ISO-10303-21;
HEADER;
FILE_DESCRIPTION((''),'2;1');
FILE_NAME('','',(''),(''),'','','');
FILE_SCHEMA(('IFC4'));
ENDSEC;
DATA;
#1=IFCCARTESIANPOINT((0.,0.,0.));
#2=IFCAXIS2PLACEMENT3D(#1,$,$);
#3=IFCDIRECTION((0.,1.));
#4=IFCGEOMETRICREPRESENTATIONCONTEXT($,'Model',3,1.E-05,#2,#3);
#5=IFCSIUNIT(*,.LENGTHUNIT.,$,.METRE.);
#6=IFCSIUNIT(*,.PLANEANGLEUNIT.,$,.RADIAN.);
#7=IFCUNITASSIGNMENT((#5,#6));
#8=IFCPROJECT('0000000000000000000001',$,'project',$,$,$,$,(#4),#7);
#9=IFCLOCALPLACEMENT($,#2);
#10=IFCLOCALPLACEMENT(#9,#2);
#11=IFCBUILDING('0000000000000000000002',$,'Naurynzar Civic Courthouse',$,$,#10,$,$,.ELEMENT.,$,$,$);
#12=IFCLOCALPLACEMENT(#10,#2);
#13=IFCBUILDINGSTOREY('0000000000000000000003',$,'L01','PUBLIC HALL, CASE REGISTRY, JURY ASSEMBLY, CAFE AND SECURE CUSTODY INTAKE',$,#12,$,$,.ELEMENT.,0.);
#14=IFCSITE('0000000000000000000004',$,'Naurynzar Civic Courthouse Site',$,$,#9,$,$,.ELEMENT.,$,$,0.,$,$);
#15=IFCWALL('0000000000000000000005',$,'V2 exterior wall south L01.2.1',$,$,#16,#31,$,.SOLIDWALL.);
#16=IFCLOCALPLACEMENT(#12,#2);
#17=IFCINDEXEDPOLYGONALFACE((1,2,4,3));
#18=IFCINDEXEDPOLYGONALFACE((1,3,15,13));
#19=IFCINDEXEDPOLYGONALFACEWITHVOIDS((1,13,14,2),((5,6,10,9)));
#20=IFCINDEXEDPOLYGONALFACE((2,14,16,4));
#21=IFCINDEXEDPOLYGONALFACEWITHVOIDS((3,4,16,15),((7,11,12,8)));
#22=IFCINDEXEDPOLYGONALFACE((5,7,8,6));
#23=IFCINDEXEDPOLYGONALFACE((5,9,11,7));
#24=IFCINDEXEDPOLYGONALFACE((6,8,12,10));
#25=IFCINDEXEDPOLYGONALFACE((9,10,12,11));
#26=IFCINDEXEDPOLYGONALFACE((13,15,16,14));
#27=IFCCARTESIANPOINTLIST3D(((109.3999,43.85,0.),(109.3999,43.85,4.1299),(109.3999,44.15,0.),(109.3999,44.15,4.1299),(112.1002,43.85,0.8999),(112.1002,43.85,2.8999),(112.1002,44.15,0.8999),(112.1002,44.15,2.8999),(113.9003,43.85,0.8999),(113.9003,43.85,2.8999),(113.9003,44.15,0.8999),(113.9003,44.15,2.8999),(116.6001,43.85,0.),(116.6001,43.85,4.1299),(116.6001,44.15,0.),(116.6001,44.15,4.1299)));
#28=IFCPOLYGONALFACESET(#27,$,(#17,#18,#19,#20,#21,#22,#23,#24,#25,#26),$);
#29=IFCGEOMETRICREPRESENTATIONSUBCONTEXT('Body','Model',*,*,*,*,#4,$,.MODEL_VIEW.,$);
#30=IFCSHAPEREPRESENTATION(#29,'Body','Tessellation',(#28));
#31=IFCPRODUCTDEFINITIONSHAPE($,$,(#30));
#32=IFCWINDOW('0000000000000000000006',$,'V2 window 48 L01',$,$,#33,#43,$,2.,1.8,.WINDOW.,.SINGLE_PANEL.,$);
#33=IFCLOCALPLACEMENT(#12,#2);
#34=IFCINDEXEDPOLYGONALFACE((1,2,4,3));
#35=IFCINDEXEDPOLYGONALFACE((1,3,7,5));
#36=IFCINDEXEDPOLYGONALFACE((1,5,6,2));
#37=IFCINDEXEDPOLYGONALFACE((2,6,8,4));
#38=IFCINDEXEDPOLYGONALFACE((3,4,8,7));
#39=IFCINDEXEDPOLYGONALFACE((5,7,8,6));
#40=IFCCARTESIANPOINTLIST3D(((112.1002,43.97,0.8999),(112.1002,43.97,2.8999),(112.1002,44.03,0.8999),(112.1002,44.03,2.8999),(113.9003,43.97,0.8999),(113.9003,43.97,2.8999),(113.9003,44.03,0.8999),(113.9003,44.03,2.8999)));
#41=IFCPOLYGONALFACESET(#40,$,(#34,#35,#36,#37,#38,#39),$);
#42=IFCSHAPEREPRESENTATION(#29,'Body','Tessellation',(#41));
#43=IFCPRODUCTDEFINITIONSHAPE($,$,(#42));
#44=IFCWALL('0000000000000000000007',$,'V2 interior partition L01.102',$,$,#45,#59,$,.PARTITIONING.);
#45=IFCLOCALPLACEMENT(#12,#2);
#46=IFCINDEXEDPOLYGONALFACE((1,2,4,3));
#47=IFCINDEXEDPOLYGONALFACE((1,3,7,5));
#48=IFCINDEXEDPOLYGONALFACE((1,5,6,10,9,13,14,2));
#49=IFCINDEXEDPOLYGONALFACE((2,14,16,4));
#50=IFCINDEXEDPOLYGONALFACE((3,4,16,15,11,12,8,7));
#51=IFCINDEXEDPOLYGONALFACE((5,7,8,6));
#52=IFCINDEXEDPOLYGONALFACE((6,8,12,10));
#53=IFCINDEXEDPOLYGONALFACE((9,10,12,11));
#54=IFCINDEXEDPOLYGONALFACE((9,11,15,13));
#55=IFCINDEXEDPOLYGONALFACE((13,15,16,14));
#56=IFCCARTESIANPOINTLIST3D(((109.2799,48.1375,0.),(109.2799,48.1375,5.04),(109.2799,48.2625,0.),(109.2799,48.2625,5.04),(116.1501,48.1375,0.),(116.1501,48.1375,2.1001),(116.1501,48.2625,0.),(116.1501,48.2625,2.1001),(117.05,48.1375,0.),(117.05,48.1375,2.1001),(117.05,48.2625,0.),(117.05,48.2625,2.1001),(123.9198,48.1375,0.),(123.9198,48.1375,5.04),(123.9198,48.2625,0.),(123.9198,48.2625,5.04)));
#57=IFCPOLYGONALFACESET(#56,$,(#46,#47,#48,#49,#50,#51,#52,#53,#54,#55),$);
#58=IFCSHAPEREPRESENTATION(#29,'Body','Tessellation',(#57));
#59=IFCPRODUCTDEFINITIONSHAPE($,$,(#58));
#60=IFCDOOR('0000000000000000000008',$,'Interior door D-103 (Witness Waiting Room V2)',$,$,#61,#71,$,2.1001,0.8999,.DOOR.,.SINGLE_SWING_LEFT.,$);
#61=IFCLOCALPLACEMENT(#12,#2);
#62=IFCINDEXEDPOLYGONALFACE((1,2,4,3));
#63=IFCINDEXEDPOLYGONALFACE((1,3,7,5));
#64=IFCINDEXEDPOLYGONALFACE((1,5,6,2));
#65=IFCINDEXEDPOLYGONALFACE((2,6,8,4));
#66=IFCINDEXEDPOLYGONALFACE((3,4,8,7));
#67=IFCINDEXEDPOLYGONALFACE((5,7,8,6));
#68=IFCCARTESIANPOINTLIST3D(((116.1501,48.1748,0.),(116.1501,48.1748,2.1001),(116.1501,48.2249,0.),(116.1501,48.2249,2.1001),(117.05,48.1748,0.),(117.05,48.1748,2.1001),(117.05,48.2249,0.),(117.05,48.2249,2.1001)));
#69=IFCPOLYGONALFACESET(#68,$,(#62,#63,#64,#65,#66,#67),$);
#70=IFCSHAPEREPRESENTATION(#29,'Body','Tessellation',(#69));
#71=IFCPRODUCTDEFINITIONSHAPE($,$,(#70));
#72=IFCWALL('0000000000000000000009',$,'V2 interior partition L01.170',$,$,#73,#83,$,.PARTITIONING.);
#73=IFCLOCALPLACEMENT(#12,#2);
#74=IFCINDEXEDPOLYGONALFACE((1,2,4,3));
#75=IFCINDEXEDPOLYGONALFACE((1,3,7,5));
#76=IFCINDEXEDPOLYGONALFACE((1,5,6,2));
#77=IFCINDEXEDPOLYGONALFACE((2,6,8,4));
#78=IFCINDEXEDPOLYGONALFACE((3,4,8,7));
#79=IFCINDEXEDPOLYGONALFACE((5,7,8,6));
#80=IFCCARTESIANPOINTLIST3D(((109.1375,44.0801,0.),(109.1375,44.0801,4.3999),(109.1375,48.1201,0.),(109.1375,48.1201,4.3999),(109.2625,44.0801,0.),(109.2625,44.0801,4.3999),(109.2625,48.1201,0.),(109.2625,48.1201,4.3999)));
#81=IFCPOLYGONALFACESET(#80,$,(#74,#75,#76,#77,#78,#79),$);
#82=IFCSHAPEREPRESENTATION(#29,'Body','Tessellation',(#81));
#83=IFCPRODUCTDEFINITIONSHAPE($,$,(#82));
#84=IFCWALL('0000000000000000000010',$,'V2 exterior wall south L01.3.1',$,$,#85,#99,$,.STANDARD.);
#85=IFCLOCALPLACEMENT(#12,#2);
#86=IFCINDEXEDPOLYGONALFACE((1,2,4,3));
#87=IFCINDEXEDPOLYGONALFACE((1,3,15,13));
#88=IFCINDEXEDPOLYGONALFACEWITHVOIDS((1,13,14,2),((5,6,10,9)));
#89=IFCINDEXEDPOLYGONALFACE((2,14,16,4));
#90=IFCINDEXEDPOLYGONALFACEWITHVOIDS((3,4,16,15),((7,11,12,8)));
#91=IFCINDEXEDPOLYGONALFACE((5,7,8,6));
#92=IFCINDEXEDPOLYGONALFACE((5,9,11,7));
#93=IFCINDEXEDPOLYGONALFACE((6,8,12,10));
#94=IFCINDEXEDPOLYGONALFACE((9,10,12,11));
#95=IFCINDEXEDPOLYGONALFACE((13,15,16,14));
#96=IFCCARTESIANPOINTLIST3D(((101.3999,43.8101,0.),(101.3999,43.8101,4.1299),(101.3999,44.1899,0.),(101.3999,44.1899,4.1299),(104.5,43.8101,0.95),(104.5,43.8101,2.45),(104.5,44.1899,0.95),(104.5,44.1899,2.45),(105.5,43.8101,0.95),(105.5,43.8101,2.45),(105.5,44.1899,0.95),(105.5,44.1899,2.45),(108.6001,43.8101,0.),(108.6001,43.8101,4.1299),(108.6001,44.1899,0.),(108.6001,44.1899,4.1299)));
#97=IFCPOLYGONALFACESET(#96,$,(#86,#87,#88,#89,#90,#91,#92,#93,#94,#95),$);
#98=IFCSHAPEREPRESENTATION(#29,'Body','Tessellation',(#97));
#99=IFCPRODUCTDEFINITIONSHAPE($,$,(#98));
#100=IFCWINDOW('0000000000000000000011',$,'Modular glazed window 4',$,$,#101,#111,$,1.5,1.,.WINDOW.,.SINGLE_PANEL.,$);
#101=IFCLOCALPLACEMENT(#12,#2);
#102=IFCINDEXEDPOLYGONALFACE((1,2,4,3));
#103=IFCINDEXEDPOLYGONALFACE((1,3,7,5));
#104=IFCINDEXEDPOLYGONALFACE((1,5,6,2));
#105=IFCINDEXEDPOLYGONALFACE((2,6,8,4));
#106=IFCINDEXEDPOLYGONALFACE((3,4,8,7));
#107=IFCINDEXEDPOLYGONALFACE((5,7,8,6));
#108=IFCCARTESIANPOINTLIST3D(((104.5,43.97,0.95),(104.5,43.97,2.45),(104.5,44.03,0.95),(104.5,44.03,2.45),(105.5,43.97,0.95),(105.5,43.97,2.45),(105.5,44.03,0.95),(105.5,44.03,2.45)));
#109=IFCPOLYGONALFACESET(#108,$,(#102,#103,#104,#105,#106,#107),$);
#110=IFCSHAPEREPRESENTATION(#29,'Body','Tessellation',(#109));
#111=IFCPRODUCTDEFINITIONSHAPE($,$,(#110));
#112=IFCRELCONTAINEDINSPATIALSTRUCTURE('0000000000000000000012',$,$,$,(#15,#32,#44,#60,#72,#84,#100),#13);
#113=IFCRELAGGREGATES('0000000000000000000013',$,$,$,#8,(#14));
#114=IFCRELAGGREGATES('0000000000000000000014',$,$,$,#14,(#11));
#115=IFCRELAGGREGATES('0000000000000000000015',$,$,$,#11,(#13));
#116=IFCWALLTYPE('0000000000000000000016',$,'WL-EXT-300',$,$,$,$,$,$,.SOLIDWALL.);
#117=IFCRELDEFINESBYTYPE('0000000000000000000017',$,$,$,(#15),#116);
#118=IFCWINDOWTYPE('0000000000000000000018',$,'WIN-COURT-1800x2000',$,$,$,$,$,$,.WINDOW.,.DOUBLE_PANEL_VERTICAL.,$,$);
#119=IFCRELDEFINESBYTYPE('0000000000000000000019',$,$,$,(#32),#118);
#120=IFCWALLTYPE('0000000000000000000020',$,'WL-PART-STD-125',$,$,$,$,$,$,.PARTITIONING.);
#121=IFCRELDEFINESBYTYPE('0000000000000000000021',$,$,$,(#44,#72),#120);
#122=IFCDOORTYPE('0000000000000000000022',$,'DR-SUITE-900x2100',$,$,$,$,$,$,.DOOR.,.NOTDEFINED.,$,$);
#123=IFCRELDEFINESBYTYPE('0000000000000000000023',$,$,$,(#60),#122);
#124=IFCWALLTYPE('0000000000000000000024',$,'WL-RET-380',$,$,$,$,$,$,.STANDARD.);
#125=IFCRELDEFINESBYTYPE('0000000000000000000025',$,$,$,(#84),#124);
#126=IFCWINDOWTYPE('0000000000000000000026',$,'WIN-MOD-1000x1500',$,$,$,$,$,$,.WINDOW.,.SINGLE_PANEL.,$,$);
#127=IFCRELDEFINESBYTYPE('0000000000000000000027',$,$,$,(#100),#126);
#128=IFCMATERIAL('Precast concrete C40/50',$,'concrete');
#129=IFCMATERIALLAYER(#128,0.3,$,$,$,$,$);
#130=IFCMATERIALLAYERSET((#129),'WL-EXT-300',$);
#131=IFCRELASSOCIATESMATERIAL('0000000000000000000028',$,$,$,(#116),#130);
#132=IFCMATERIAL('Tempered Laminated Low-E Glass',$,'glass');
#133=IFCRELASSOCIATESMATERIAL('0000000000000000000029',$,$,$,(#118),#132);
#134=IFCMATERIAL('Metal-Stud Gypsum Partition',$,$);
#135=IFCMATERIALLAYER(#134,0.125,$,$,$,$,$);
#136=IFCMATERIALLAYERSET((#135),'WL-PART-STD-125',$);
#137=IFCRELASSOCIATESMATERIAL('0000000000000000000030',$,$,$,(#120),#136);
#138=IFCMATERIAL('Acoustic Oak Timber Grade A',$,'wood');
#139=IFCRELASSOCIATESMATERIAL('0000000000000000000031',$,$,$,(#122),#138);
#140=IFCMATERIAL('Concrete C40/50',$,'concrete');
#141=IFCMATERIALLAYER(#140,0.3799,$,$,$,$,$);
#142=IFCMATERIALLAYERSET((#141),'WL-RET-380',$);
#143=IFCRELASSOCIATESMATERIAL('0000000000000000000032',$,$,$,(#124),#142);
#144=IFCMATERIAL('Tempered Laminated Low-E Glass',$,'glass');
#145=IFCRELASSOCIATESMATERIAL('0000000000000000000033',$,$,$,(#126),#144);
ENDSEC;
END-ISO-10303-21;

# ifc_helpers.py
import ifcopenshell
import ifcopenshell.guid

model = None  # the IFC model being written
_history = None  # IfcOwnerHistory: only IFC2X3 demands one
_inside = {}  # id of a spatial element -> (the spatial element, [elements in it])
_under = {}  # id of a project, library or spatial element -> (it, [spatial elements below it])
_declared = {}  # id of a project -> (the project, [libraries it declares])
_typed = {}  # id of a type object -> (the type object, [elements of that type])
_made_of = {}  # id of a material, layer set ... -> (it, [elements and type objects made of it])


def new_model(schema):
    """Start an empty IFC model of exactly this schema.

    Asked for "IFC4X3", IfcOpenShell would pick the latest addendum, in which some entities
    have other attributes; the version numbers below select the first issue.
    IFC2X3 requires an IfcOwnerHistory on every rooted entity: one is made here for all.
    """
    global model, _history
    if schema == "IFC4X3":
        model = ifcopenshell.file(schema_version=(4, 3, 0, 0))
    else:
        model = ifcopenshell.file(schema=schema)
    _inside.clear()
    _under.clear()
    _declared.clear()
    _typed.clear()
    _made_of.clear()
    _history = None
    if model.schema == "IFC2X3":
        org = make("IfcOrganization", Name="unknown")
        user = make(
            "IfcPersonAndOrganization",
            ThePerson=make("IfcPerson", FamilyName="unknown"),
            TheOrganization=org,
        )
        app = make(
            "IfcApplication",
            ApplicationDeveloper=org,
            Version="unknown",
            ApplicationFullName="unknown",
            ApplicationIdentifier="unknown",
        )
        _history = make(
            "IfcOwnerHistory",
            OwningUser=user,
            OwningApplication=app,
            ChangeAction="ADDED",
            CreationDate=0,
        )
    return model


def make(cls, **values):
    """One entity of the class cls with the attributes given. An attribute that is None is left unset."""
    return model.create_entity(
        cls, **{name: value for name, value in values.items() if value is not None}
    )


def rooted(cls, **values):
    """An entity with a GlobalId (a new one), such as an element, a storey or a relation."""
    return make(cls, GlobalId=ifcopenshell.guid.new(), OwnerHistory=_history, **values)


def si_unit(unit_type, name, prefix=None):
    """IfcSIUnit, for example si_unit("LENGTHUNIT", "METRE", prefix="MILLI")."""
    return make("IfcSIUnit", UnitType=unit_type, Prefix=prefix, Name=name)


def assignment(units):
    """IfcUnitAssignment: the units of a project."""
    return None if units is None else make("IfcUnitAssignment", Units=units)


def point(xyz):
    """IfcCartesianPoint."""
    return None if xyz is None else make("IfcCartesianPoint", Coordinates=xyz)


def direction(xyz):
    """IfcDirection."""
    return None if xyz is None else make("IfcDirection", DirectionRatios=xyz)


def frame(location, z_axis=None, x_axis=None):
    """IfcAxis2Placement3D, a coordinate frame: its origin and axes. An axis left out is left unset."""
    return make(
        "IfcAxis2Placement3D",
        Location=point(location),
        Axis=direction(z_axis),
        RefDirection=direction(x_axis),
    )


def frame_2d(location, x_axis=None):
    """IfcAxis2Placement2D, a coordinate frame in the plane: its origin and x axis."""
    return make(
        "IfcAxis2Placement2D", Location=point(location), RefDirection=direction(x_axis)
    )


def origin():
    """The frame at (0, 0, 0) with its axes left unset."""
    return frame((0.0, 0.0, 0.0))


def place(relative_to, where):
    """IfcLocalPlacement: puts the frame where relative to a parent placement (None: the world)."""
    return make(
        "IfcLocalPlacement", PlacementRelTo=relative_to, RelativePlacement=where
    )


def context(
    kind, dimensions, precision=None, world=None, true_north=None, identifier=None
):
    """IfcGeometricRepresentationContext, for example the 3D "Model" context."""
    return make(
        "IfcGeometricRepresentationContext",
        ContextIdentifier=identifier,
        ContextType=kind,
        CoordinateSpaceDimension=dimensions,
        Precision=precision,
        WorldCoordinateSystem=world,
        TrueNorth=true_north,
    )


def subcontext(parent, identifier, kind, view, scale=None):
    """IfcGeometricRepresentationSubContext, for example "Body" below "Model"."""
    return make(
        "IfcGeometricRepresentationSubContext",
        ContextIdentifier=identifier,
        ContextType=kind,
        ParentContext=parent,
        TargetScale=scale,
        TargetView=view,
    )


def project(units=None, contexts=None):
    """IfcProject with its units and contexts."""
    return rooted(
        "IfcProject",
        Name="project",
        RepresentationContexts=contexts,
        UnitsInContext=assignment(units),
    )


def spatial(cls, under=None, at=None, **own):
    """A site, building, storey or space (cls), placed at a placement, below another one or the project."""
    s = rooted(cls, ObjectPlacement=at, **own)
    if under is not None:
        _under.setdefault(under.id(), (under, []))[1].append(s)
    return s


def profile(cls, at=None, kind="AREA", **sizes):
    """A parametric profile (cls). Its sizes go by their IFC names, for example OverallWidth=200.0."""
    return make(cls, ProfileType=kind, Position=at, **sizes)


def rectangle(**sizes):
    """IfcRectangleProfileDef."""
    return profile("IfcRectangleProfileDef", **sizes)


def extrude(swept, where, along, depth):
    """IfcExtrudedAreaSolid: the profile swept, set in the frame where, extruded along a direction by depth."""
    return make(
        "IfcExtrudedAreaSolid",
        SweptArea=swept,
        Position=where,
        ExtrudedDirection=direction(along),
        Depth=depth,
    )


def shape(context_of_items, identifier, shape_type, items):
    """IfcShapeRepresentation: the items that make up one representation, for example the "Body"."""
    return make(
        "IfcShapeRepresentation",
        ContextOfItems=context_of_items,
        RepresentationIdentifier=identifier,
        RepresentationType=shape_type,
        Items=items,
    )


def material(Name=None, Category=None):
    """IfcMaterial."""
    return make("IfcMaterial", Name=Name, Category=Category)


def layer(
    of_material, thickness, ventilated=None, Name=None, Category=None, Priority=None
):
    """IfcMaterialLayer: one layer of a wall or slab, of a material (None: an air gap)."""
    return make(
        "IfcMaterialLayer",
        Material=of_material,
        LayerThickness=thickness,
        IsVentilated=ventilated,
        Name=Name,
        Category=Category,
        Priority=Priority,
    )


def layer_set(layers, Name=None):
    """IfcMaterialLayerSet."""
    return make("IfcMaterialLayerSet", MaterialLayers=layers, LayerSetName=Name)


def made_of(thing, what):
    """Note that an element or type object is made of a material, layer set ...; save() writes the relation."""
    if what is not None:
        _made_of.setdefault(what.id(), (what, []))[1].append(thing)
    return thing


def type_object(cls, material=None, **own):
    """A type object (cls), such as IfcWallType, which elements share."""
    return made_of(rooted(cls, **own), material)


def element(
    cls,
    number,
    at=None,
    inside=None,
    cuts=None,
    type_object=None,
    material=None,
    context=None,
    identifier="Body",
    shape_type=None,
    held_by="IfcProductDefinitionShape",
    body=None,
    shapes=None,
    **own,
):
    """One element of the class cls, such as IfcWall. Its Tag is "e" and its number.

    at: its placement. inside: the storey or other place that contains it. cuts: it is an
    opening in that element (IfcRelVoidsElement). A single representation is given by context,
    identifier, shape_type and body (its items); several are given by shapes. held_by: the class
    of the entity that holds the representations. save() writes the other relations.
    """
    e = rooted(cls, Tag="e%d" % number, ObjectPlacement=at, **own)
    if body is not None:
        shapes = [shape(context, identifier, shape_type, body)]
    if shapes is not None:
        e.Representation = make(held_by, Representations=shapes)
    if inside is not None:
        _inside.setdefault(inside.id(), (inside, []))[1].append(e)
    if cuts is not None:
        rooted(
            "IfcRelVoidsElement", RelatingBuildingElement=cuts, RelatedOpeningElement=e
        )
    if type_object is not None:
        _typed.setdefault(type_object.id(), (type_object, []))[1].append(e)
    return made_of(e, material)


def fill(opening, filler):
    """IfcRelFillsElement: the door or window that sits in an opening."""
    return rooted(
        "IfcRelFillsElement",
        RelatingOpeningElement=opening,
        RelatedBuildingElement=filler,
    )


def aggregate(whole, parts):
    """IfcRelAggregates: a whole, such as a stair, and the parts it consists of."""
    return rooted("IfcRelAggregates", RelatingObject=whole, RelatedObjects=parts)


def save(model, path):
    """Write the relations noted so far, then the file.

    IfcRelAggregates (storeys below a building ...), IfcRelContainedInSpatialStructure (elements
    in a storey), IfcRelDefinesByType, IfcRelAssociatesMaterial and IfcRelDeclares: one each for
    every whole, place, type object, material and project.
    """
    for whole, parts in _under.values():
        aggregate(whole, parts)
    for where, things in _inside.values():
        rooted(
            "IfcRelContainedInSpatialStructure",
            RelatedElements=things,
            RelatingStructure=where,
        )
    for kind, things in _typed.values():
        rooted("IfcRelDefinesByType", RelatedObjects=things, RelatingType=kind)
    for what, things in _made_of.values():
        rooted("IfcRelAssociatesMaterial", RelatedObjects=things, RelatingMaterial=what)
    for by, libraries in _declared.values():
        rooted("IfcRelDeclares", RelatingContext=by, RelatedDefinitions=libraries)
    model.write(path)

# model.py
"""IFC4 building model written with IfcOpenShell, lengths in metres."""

from ifc_helpers import new_model, si_unit, direction, frame, frame_2d, origin, place, context, subcontext, project, spatial, rectangle, extrude, material, layer, layer_set, type_object, element, fill, save


model = new_model("IFC4")

# Units and contexts
model_context = context("Model", 3, precision=1e-05, world=origin(), true_north=direction((0.0, 1.0)))
body_context = subcontext(model_context, "Body", "Model", "MODEL_VIEW")
ifc_project = project(units=[si_unit("LENGTHUNIT", "METRE"), si_unit("PLANEANGLEUNIT", "RADIAN")], contexts=[model_context])

# Site, building, storey
site_placement = place(None, origin())
site = spatial("IfcSite", under=ifc_project, at=site_placement, Name="Naurynzar Civic Courthouse Site", CompositionType="ELEMENT", RefElevation=0.0)
building_placement = place(site_placement, origin())
building = spatial("IfcBuilding", under=site, at=building_placement, Name="Naurynzar Civic Courthouse", CompositionType="ELEMENT")
storey_placement = place(building_placement, origin())
storey = spatial("IfcBuildingStorey", under=building, at=storey_placement, Name="L01", Description="PUBLIC HALL, CASE REGISTRY, JURY ASSEMBLY, CAFE AND SECURE CUSTODY INTAKE", CompositionType="ELEMENT", Elevation=0.0)

# Wall, opening, window
ifc_material_1 = material(Name="Precast concrete C40/50", Category="concrete")
ifc_layer_1 = layer(ifc_material_1, 0.3)
ifc_layer_set_1 = layer_set([ifc_layer_1], Name="WL-EXT-300")
wall_type_1 = type_object("IfcWallType", Name="WL-EXT-300", PredefinedType="SOLIDWALL", material=ifc_layer_set_1)
wall_1_placement = place(storey_placement, frame((116.6001, 44.0, 0.0), z_axis=(0.0, 0.0, 1.0), x_axis=(-1.0, 0.0, 0.0)))
wall_1 = element("IfcWall", 1, at=wall_1_placement, inside=storey, type_object=wall_type_1, Name="V2 exterior wall south L01.2.1", PredefinedType="SOLIDWALL", context=body_context, shape_type="SweptSolid", body=[
    extrude(rectangle(XDim=7.2002, YDim=0.3, at=frame_2d((3.6001, 0.0))), origin(), (0.0, 0.0, 1.0), 4.1299),
])
opening_1_placement = place(wall_1_placement, frame((2.7, 0.0, 0.8999)))
opening_1 = element("IfcOpeningElement", 2, at=opening_1_placement, cuts=wall_1, PredefinedType="OPENING", context=body_context, shape_type="SweptSolid", body=[
    extrude(rectangle(XDim=1.8, YDim=2.0, at=frame_2d((0.8999, 1.0))), frame((0.0, 0.1599, 0.0), z_axis=(0.0, -1.0, 0.0), x_axis=(1.0, 0.0, 0.0)), (0.0, 0.0, 1.0), 0.3201),
])
ifc_material_2 = material(Name="Tempered Laminated Low-E Glass", Category="glass")
window_type_1 = type_object("IfcWindowType", Name="WIN-COURT-1800x2000", PartitioningType="DOUBLE_PANEL_VERTICAL", PredefinedType="WINDOW", material=ifc_material_2)
window_1_placement = place(opening_1_placement, origin())
window_1 = element("IfcWindow", 3, at=window_1_placement, inside=storey, type_object=window_type_1, Name="V2 window 48 L01", OverallHeight=2.0, OverallWidth=1.8, PartitioningType="SINGLE_PANEL", PredefinedType="WINDOW", context=body_context, shape_type="SweptSolid", body=[
    extrude(rectangle(XDim=1.8, YDim=2.0, at=frame_2d((0.8999, 1.0))), frame((0.0, 0.03, 0.0), z_axis=(0.0, -1.0, 0.0), x_axis=(1.0, 0.0, 0.0)), (0.0, 0.0, 1.0), 0.0601),
])
fill(opening_1, window_1)

# Wall, opening, door
ifc_material_3 = material(Name="Metal-Stud Gypsum Partition")
ifc_layer_2 = layer(ifc_material_3, 0.125)
ifc_layer_set_2 = layer_set([ifc_layer_2], Name="WL-PART-STD-125")
wall_type_2 = type_object("IfcWallType", Name="WL-PART-STD-125", PredefinedType="PARTITIONING", material=ifc_layer_set_2)
wall_2_placement = place(storey_placement, frame((109.28, 48.2, 0.0), z_axis=(0.0, 0.0, 1.0), x_axis=(1.0, 0.0, 0.0)))
wall_2 = element("IfcWall", 4, at=wall_2_placement, inside=storey, type_object=wall_type_2, Name="V2 interior partition L01.102", PredefinedType="PARTITIONING", context=body_context, shape_type="SweptSolid", body=[
    extrude(rectangle(XDim=14.6399, YDim=0.125, at=frame_2d((7.3198, 0.0))), origin(), (0.0, 0.0, 1.0), 5.04),
])
opening_2_placement = place(wall_2_placement, frame((6.8701, 0.0, 0.0)))
opening_2 = element("IfcOpeningElement", 5, at=opening_2_placement, cuts=wall_2, PredefinedType="OPENING", context=body_context, shape_type="SweptSolid", body=[
    extrude(rectangle(XDim=0.8999, YDim=2.1001, at=frame_2d((0.45, 1.05))), frame((0.0, 0.0725, 0.0), z_axis=(0.0, -1.0, 0.0), x_axis=(1.0, 0.0, 0.0)), (0.0, 0.0, 1.0), 0.145),
])
ifc_material_4 = material(Name="Acoustic Oak Timber Grade A", Category="wood")
door_type = type_object("IfcDoorType", Name="DR-SUITE-900x2100", OperationType="NOTDEFINED", PredefinedType="DOOR", material=ifc_material_4)
door_placement = place(opening_2_placement, origin())
door = element("IfcDoor", 6, at=door_placement, inside=storey, type_object=door_type, Name="Interior door D-103 (Witness Waiting Room V2)", OperationType="SINGLE_SWING_LEFT", OverallHeight=2.1001, OverallWidth=0.8999, PredefinedType="DOOR", context=body_context, shape_type="SweptSolid", body=[
    extrude(rectangle(XDim=0.8999, YDim=2.1001, at=frame_2d((0.45, 1.05))), frame((0.0, 0.0249, 0.0), z_axis=(0.0, -1.0, 0.0), x_axis=(1.0, 0.0, 0.0)), (0.0, 0.0, 1.0), 0.05),
])
fill(opening_2, door)

# Wall
wall_3_placement = place(storey_placement, frame((109.2, 44.0801, 0.0), z_axis=(0.0, 0.0, 1.0), x_axis=(0.0, 1.0, 0.0)))
element("IfcWall", 7, at=wall_3_placement, inside=storey, type_object=wall_type_2, Name="V2 interior partition L01.170", PredefinedType="PARTITIONING", context=body_context, shape_type="SweptSolid", body=[
    extrude(rectangle(XDim=4.04, YDim=0.125, at=frame_2d((2.02, 0.0))), origin(), (0.0, 0.0, 1.0), 4.3999),
])

# Wall, opening, window
ifc_material_5 = material(Name="Concrete C40/50", Category="concrete")
ifc_layer_3 = layer(ifc_material_5, 0.3799)
ifc_layer_set_3 = layer_set([ifc_layer_3], Name="WL-RET-380")
wall_type_3 = type_object("IfcWallType", Name="WL-RET-380", PredefinedType="STANDARD", material=ifc_layer_set_3)
wall_4_placement = place(storey_placement, frame((108.6001, 44.0, 0.0), z_axis=(0.0, 0.0, 1.0), x_axis=(-1.0, 0.0, 0.0)))
wall_4 = element("IfcWall", 8, at=wall_4_placement, inside=storey, type_object=wall_type_3, Name="V2 exterior wall south L01.3.1", PredefinedType="STANDARD", context=body_context, shape_type="SweptSolid", body=[
    extrude(rectangle(XDim=7.2002, YDim=0.3799, at=frame_2d((3.6001, 0.0))), origin(), (0.0, 0.0, 1.0), 4.1299),
])
opening_3_placement = place(wall_4_placement, frame((3.1001, 0.0, 0.95)))
opening_3 = element("IfcOpeningElement", 9, at=opening_3_placement, cuts=wall_4, PredefinedType="OPENING", context=body_context, shape_type="SweptSolid", body=[
    extrude(rectangle(XDim=1.0, YDim=1.5, at=frame_2d((0.5, 0.75))), frame((0.0, 0.2, 0.0), z_axis=(0.0, -1.0, 0.0), x_axis=(1.0, 0.0, 0.0)), (0.0, 0.0, 1.0), 0.3999),
])
ifc_material_6 = material(Name="Tempered Laminated Low-E Glass", Category="glass")
window_type_2 = type_object("IfcWindowType", Name="WIN-MOD-1000x1500", PartitioningType="SINGLE_PANEL", PredefinedType="WINDOW", material=ifc_material_6)
window_2_placement = place(opening_3_placement, origin())
window_2 = element("IfcWindow", 10, at=window_2_placement, inside=storey, type_object=window_type_2, Name="Modular glazed window 4", OverallHeight=1.5, OverallWidth=1.0, PartitioningType="SINGLE_PANEL", PredefinedType="WINDOW", context=body_context, shape_type="SweptSolid", body=[
    extrude(rectangle(XDim=1.0, YDim=1.5, at=frame_2d((0.5, 0.75))), frame((0.0, 0.03, 0.0), z_axis=(0.0, -1.0, 0.0), x_axis=(1.0, 0.0, 0.0)), (0.0, 0.0, 1.0), 0.0601),
])
fill(opening_3, window_2)

save(model, "model.ifc")
